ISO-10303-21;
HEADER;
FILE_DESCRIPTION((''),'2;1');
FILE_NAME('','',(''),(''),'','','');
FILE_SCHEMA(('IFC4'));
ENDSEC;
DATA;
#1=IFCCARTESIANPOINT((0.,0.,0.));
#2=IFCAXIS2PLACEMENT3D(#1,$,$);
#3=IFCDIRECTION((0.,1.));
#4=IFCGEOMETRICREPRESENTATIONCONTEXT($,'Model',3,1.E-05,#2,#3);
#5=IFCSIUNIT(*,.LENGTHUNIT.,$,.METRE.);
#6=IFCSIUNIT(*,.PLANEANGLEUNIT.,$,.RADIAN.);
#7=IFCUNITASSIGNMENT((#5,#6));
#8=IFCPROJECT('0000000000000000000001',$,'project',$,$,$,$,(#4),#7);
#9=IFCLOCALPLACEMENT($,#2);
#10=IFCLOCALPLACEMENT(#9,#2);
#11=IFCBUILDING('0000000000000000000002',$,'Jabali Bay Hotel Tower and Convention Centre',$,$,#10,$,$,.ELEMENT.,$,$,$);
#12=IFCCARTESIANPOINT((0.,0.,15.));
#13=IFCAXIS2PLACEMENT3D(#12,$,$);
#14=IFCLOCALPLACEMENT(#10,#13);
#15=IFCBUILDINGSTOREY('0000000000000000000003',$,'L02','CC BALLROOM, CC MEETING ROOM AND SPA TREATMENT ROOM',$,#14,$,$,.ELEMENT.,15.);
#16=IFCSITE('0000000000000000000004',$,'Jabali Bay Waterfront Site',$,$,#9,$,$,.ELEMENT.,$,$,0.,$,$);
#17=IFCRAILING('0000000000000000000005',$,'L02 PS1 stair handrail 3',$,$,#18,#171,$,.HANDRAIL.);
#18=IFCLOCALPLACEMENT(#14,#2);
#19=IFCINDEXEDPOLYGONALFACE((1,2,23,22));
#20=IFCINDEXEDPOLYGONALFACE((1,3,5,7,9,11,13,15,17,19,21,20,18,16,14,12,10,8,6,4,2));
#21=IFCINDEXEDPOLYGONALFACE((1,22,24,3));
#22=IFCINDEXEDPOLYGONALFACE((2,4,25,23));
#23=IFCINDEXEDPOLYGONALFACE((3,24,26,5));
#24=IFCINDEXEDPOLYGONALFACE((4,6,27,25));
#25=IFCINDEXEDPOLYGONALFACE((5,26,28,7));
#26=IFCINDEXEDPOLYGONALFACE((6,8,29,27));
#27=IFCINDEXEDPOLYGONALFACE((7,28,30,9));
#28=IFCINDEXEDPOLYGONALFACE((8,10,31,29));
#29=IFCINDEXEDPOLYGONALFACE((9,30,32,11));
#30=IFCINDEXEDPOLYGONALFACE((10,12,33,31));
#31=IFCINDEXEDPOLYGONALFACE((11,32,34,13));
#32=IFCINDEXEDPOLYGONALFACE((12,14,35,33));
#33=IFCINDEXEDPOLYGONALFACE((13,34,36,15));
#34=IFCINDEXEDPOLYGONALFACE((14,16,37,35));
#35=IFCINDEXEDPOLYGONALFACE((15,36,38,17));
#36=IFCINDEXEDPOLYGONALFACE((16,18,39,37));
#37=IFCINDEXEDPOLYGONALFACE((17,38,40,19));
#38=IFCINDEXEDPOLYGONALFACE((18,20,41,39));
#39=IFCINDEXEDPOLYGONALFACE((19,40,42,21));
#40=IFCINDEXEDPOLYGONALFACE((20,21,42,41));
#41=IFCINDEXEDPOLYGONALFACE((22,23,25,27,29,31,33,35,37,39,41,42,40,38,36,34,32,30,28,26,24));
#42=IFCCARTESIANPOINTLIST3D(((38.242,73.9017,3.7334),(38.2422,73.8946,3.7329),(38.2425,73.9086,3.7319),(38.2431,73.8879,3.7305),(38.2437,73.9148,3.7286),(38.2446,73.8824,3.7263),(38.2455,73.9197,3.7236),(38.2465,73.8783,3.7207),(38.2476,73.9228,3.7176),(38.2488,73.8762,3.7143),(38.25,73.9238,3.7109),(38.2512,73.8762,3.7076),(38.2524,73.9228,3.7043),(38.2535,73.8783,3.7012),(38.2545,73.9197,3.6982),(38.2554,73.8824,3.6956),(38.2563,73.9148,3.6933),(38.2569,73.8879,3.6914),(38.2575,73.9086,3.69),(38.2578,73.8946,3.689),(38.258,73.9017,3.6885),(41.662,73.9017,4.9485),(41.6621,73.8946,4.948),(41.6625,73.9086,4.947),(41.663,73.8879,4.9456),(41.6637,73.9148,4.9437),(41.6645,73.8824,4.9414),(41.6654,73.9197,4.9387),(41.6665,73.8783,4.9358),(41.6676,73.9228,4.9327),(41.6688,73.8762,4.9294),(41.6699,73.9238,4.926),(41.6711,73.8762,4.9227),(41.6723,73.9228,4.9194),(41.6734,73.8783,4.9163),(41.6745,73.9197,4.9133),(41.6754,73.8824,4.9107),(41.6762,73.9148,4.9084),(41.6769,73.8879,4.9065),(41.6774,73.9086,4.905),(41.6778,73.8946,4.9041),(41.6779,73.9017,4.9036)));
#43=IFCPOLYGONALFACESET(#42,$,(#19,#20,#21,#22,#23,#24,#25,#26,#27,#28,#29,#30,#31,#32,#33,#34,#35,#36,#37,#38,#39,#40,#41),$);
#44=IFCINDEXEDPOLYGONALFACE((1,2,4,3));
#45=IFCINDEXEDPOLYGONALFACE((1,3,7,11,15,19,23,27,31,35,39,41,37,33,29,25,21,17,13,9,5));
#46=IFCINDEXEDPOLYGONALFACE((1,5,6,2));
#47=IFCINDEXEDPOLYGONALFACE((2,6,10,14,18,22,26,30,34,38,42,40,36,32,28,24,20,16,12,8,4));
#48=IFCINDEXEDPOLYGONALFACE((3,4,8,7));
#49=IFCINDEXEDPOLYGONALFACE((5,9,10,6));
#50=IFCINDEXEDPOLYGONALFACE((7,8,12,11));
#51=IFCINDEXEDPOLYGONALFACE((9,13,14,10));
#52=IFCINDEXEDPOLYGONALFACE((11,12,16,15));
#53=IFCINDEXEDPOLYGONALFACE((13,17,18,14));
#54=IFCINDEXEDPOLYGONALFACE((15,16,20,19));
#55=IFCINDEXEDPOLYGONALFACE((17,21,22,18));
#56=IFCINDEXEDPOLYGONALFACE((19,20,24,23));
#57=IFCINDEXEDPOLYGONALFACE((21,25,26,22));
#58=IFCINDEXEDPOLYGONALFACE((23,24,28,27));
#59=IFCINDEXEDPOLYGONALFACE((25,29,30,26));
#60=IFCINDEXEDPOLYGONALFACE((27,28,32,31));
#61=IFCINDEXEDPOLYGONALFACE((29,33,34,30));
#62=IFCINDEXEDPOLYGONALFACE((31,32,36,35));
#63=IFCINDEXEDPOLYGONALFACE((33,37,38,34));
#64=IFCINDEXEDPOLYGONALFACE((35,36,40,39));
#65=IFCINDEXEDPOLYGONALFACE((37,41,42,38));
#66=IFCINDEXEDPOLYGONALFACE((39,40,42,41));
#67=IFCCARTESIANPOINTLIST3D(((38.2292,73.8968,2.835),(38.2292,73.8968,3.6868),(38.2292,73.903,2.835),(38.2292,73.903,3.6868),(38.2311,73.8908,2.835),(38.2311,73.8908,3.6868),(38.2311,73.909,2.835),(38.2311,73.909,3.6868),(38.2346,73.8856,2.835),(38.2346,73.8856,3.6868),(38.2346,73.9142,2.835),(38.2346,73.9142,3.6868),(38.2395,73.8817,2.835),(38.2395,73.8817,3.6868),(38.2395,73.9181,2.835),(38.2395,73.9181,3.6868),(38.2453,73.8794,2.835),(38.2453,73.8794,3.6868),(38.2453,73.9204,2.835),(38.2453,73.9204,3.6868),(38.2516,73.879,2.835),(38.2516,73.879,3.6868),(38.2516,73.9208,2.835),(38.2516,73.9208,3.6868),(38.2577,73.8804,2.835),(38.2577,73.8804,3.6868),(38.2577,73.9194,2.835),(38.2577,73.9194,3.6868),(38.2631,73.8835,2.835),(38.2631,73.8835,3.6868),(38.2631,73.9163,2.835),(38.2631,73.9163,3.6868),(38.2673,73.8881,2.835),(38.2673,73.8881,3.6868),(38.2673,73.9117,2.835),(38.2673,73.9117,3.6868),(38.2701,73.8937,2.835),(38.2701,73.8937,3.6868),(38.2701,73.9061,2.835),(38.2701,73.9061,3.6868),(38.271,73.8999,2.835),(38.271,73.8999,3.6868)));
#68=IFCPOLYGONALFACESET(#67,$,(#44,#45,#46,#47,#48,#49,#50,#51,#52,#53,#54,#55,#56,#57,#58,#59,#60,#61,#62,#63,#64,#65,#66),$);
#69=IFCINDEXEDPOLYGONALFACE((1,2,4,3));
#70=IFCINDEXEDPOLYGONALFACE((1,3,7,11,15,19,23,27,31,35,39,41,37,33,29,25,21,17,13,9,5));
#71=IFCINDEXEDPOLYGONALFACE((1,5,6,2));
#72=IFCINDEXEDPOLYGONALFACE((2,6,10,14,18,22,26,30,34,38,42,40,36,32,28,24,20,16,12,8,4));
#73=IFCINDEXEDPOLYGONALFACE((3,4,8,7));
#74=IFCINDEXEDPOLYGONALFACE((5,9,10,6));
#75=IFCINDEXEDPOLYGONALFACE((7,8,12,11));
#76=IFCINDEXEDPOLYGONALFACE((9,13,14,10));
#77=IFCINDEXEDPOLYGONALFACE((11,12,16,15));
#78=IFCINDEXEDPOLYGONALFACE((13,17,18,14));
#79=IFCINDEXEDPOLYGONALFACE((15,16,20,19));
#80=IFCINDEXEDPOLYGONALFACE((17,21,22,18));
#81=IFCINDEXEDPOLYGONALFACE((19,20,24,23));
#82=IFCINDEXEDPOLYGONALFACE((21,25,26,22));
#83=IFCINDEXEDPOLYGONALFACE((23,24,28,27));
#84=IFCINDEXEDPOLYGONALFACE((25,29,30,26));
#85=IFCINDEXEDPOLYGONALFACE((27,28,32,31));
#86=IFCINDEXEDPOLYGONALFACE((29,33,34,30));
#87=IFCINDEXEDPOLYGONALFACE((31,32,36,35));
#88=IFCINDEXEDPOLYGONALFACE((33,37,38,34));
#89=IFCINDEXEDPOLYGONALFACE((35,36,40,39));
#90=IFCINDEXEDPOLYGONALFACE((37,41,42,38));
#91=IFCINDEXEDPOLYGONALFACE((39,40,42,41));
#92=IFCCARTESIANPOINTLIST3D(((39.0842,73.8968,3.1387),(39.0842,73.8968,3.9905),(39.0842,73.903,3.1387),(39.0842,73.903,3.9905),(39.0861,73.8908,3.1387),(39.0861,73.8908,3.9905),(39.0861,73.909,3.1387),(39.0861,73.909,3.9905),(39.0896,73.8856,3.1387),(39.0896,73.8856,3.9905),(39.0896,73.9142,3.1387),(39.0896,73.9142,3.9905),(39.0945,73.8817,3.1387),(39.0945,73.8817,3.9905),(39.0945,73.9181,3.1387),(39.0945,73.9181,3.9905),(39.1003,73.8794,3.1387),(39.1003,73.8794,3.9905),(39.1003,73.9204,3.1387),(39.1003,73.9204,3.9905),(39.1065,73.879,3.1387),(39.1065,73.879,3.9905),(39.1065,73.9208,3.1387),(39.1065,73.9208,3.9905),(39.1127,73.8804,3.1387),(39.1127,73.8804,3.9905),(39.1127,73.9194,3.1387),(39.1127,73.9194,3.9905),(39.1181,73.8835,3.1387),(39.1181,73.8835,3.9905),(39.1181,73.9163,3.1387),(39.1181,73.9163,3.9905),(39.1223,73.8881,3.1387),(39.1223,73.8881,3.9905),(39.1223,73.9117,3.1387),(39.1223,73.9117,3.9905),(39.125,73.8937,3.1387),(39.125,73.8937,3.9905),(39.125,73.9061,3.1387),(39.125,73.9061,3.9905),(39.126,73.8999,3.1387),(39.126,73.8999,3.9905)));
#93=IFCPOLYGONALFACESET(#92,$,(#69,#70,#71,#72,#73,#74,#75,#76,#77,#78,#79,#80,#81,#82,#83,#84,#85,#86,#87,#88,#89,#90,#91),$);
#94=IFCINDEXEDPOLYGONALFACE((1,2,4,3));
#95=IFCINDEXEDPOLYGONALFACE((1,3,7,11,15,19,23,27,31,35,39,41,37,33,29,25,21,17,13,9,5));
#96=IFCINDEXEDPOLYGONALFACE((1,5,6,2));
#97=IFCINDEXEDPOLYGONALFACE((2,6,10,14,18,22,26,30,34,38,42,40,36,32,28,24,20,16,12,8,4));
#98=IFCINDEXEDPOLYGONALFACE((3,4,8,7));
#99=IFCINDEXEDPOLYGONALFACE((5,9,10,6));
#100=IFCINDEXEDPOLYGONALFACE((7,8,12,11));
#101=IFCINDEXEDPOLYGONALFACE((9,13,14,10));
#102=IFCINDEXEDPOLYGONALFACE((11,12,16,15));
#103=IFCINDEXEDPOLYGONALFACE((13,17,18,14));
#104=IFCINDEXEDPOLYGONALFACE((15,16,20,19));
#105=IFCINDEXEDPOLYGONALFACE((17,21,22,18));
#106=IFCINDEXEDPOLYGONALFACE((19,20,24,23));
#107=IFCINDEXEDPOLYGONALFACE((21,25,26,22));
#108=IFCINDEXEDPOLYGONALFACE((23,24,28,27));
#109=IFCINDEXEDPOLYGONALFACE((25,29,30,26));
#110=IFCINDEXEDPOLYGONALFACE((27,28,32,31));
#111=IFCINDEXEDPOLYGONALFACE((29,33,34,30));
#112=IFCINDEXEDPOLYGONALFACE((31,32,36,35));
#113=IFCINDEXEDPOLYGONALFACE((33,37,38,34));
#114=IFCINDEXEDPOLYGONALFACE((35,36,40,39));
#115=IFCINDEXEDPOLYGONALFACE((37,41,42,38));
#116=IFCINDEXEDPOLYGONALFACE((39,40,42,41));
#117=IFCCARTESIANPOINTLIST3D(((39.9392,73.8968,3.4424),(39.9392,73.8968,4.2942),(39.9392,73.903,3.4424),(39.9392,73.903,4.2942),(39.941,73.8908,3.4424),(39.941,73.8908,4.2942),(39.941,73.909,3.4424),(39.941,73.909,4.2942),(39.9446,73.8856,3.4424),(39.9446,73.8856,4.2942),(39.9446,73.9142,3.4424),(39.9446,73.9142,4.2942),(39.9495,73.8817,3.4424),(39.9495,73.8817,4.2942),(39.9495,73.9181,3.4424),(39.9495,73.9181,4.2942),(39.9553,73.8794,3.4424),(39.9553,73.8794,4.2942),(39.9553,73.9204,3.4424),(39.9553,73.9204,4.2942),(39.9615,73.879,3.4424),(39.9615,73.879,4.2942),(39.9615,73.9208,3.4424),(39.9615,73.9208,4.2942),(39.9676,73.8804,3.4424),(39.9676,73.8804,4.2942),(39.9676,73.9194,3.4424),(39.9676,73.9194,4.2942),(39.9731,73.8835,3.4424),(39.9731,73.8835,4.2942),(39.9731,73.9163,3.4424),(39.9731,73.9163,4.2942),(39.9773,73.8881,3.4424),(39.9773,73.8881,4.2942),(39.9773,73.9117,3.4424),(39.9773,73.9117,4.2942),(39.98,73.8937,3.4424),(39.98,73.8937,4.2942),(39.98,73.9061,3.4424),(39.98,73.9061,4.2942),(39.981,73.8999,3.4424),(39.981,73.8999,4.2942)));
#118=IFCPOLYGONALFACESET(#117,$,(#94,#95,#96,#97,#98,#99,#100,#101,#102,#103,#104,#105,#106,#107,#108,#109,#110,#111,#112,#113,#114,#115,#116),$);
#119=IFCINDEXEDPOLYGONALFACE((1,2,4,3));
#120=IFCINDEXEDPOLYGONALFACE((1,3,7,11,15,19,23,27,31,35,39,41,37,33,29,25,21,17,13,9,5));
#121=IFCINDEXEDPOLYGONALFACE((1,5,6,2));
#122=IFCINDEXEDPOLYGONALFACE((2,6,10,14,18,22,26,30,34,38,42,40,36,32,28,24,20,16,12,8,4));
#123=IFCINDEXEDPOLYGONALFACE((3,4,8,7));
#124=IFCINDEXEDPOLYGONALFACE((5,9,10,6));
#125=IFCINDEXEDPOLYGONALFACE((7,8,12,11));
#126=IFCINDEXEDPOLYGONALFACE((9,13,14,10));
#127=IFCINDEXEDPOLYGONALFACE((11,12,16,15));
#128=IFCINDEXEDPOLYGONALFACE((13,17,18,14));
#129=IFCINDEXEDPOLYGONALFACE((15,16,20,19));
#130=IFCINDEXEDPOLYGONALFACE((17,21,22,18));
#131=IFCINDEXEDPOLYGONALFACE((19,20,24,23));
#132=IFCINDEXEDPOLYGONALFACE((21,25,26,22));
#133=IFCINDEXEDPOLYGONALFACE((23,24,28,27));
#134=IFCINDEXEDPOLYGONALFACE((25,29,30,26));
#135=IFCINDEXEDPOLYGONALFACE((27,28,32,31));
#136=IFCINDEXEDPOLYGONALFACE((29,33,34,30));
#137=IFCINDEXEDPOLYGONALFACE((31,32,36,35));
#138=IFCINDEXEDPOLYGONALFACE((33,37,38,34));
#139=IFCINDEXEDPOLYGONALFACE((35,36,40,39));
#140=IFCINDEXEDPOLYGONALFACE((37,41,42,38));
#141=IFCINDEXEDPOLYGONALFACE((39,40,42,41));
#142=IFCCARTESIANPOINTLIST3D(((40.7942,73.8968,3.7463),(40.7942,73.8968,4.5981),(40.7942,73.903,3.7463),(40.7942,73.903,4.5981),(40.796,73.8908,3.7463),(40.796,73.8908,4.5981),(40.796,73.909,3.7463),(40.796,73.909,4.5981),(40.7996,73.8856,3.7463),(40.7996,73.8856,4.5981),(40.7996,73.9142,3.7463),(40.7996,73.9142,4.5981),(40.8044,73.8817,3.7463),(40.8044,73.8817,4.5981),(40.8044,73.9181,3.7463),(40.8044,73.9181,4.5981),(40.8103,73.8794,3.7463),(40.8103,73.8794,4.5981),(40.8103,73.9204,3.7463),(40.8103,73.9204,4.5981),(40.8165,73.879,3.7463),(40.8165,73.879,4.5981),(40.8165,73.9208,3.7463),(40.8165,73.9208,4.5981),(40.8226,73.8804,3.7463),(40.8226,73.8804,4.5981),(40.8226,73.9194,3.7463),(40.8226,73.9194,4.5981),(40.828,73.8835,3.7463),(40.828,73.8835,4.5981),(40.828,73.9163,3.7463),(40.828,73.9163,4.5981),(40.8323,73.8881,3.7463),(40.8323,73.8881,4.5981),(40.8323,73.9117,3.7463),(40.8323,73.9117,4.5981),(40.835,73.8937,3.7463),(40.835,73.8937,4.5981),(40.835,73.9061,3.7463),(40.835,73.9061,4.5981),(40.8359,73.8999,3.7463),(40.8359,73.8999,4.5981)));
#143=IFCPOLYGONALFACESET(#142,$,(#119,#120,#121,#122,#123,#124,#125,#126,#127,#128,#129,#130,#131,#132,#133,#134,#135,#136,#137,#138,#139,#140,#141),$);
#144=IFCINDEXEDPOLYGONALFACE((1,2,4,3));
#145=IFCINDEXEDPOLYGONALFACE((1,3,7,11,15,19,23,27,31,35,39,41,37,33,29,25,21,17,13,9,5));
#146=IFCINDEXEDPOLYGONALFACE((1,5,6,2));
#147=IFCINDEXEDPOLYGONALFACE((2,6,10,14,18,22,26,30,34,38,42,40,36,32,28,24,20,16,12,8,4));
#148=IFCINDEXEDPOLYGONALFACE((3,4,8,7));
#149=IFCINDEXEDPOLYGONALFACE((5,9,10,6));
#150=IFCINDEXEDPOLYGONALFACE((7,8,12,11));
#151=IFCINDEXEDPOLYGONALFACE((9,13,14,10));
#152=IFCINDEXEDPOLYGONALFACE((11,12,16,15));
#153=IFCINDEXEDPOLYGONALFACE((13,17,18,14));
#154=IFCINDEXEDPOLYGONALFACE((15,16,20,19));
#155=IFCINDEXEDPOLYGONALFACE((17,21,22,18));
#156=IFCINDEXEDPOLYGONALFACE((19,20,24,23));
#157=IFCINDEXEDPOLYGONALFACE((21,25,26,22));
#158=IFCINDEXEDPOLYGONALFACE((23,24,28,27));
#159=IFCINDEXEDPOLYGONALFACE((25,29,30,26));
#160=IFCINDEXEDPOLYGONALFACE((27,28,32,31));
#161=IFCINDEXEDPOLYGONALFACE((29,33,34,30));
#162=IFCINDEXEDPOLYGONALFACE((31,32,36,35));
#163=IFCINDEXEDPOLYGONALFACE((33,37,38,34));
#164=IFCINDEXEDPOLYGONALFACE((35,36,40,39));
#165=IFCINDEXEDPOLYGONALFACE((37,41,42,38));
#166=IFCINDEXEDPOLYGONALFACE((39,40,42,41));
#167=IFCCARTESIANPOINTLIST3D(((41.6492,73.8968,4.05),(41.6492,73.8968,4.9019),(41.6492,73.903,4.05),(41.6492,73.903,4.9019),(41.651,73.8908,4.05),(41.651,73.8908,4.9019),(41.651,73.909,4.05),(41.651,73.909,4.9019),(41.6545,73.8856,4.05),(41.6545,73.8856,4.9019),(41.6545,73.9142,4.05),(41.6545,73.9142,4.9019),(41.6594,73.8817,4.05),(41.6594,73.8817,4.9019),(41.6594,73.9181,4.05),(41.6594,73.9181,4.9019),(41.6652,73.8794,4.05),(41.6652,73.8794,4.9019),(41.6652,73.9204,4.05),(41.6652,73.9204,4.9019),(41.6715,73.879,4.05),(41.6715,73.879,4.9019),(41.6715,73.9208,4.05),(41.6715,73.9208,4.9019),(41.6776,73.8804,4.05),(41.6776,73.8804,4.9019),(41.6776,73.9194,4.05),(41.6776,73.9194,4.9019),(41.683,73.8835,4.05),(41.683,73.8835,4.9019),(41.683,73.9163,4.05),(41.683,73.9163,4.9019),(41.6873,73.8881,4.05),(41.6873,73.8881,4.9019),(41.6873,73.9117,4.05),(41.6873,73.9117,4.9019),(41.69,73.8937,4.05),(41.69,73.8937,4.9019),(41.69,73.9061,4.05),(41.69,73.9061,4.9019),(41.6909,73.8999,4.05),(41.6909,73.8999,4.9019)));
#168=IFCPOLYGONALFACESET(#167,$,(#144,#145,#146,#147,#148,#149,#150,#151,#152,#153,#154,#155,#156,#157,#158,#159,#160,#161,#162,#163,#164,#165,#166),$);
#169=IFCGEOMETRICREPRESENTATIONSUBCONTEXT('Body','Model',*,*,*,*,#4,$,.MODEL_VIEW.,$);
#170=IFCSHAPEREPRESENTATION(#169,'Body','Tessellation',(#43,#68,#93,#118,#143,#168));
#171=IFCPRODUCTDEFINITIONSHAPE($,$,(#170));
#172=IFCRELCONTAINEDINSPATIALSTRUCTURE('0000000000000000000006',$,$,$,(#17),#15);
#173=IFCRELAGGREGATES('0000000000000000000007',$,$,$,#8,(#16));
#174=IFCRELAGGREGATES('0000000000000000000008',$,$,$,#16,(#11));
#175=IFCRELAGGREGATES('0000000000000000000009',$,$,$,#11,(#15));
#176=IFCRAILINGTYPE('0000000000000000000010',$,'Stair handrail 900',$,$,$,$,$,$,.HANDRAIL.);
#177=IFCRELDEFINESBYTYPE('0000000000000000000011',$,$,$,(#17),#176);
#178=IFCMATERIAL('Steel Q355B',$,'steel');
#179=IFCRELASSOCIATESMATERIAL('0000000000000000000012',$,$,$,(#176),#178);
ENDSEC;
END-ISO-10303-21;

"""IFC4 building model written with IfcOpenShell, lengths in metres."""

from ifc_helpers import new_model, si_unit, direction, frame, origin, origin_2d, place, context, subcontext, project, spatial, circle, extrude, material, type_object, element, save


model = new_model("IFC4")

# Units and contexts
model_context = context("Model", 3, precision=1e-05, world=origin(), true_north=direction((0.0, 1.0)))
body_context = subcontext(model_context, "Body", "Model", "MODEL_VIEW")
ifc_project = project(units=[si_unit("LENGTHUNIT", "METRE"), si_unit("PLANEANGLEUNIT", "RADIAN")], contexts=[model_context])

# Site, building, storey
site_placement = place(None, origin())
site = spatial("IfcSite", under=ifc_project, at=site_placement, Name="Jabali Bay Waterfront Site", CompositionType="ELEMENT", RefElevation=0.0)
building_placement = place(site_placement, origin())
building = spatial("IfcBuilding", under=site, at=building_placement, Name="Jabali Bay Hotel Tower and Convention Centre", CompositionType="ELEMENT")
storey_placement = place(building_placement, frame((0.0, 0.0, 15.0)))
storey = spatial("IfcBuildingStorey", under=building, at=storey_placement, Name="L02", Description="CC BALLROOM, CC MEETING ROOM AND SPA TREATMENT ROOM", CompositionType="ELEMENT", Elevation=15.0)

# Railing
ifc_material_1 = material(Name="Steel Q355B", Category="steel")
railing_type_1 = type_object("IfcRailingType", Name="Stair handrail 900", PredefinedType="HANDRAIL", material=ifc_material_1)
for number, where, name in (
    (1, (38.25, 73.8999, 2.835), "L02 PS1 stair handrail 3"),
):
    element("IfcRailing", number, at=place(storey_placement, frame(where)), inside=storey, type_object=railing_type_1, Name=name, PredefinedType="HANDRAIL", context=body_context, shape_type="SweptSolid", body=[
        extrude(circle(Radius=0.0239, at=origin_2d()), frame((0.0, 0.0, 0.876), z_axis=(0.942292, 0.0, 0.334793), x_axis=(0.0, 1.0, 0.0)), (0.0, 0.0, 1.0), 3.6294),
        extrude(circle(Radius=0.021, at=origin_2d()), origin(), (0.0, 0.0, 1.0), 0.8518),
        extrude(circle(Radius=0.021, at=origin_2d()), frame((0.855, 0.0, 0.3037)), (0.0, 0.0, 1.0), 0.8518),
        extrude(circle(Radius=0.021, at=origin_2d()), frame((1.71, 0.0, 0.6074)), (0.0, 0.0, 1.0), 0.8518),
        extrude(circle(Radius=0.021, at=origin_2d()), frame((2.5649, 0.0, 0.9114)), (0.0, 0.0, 1.0), 0.8518),
        extrude(circle(Radius=0.021, at=origin_2d()), frame((3.4199, 0.0, 1.2151)), (0.0, 0.0, 1.0), 0.8518),
    ])

save(model, "model.ifc")
